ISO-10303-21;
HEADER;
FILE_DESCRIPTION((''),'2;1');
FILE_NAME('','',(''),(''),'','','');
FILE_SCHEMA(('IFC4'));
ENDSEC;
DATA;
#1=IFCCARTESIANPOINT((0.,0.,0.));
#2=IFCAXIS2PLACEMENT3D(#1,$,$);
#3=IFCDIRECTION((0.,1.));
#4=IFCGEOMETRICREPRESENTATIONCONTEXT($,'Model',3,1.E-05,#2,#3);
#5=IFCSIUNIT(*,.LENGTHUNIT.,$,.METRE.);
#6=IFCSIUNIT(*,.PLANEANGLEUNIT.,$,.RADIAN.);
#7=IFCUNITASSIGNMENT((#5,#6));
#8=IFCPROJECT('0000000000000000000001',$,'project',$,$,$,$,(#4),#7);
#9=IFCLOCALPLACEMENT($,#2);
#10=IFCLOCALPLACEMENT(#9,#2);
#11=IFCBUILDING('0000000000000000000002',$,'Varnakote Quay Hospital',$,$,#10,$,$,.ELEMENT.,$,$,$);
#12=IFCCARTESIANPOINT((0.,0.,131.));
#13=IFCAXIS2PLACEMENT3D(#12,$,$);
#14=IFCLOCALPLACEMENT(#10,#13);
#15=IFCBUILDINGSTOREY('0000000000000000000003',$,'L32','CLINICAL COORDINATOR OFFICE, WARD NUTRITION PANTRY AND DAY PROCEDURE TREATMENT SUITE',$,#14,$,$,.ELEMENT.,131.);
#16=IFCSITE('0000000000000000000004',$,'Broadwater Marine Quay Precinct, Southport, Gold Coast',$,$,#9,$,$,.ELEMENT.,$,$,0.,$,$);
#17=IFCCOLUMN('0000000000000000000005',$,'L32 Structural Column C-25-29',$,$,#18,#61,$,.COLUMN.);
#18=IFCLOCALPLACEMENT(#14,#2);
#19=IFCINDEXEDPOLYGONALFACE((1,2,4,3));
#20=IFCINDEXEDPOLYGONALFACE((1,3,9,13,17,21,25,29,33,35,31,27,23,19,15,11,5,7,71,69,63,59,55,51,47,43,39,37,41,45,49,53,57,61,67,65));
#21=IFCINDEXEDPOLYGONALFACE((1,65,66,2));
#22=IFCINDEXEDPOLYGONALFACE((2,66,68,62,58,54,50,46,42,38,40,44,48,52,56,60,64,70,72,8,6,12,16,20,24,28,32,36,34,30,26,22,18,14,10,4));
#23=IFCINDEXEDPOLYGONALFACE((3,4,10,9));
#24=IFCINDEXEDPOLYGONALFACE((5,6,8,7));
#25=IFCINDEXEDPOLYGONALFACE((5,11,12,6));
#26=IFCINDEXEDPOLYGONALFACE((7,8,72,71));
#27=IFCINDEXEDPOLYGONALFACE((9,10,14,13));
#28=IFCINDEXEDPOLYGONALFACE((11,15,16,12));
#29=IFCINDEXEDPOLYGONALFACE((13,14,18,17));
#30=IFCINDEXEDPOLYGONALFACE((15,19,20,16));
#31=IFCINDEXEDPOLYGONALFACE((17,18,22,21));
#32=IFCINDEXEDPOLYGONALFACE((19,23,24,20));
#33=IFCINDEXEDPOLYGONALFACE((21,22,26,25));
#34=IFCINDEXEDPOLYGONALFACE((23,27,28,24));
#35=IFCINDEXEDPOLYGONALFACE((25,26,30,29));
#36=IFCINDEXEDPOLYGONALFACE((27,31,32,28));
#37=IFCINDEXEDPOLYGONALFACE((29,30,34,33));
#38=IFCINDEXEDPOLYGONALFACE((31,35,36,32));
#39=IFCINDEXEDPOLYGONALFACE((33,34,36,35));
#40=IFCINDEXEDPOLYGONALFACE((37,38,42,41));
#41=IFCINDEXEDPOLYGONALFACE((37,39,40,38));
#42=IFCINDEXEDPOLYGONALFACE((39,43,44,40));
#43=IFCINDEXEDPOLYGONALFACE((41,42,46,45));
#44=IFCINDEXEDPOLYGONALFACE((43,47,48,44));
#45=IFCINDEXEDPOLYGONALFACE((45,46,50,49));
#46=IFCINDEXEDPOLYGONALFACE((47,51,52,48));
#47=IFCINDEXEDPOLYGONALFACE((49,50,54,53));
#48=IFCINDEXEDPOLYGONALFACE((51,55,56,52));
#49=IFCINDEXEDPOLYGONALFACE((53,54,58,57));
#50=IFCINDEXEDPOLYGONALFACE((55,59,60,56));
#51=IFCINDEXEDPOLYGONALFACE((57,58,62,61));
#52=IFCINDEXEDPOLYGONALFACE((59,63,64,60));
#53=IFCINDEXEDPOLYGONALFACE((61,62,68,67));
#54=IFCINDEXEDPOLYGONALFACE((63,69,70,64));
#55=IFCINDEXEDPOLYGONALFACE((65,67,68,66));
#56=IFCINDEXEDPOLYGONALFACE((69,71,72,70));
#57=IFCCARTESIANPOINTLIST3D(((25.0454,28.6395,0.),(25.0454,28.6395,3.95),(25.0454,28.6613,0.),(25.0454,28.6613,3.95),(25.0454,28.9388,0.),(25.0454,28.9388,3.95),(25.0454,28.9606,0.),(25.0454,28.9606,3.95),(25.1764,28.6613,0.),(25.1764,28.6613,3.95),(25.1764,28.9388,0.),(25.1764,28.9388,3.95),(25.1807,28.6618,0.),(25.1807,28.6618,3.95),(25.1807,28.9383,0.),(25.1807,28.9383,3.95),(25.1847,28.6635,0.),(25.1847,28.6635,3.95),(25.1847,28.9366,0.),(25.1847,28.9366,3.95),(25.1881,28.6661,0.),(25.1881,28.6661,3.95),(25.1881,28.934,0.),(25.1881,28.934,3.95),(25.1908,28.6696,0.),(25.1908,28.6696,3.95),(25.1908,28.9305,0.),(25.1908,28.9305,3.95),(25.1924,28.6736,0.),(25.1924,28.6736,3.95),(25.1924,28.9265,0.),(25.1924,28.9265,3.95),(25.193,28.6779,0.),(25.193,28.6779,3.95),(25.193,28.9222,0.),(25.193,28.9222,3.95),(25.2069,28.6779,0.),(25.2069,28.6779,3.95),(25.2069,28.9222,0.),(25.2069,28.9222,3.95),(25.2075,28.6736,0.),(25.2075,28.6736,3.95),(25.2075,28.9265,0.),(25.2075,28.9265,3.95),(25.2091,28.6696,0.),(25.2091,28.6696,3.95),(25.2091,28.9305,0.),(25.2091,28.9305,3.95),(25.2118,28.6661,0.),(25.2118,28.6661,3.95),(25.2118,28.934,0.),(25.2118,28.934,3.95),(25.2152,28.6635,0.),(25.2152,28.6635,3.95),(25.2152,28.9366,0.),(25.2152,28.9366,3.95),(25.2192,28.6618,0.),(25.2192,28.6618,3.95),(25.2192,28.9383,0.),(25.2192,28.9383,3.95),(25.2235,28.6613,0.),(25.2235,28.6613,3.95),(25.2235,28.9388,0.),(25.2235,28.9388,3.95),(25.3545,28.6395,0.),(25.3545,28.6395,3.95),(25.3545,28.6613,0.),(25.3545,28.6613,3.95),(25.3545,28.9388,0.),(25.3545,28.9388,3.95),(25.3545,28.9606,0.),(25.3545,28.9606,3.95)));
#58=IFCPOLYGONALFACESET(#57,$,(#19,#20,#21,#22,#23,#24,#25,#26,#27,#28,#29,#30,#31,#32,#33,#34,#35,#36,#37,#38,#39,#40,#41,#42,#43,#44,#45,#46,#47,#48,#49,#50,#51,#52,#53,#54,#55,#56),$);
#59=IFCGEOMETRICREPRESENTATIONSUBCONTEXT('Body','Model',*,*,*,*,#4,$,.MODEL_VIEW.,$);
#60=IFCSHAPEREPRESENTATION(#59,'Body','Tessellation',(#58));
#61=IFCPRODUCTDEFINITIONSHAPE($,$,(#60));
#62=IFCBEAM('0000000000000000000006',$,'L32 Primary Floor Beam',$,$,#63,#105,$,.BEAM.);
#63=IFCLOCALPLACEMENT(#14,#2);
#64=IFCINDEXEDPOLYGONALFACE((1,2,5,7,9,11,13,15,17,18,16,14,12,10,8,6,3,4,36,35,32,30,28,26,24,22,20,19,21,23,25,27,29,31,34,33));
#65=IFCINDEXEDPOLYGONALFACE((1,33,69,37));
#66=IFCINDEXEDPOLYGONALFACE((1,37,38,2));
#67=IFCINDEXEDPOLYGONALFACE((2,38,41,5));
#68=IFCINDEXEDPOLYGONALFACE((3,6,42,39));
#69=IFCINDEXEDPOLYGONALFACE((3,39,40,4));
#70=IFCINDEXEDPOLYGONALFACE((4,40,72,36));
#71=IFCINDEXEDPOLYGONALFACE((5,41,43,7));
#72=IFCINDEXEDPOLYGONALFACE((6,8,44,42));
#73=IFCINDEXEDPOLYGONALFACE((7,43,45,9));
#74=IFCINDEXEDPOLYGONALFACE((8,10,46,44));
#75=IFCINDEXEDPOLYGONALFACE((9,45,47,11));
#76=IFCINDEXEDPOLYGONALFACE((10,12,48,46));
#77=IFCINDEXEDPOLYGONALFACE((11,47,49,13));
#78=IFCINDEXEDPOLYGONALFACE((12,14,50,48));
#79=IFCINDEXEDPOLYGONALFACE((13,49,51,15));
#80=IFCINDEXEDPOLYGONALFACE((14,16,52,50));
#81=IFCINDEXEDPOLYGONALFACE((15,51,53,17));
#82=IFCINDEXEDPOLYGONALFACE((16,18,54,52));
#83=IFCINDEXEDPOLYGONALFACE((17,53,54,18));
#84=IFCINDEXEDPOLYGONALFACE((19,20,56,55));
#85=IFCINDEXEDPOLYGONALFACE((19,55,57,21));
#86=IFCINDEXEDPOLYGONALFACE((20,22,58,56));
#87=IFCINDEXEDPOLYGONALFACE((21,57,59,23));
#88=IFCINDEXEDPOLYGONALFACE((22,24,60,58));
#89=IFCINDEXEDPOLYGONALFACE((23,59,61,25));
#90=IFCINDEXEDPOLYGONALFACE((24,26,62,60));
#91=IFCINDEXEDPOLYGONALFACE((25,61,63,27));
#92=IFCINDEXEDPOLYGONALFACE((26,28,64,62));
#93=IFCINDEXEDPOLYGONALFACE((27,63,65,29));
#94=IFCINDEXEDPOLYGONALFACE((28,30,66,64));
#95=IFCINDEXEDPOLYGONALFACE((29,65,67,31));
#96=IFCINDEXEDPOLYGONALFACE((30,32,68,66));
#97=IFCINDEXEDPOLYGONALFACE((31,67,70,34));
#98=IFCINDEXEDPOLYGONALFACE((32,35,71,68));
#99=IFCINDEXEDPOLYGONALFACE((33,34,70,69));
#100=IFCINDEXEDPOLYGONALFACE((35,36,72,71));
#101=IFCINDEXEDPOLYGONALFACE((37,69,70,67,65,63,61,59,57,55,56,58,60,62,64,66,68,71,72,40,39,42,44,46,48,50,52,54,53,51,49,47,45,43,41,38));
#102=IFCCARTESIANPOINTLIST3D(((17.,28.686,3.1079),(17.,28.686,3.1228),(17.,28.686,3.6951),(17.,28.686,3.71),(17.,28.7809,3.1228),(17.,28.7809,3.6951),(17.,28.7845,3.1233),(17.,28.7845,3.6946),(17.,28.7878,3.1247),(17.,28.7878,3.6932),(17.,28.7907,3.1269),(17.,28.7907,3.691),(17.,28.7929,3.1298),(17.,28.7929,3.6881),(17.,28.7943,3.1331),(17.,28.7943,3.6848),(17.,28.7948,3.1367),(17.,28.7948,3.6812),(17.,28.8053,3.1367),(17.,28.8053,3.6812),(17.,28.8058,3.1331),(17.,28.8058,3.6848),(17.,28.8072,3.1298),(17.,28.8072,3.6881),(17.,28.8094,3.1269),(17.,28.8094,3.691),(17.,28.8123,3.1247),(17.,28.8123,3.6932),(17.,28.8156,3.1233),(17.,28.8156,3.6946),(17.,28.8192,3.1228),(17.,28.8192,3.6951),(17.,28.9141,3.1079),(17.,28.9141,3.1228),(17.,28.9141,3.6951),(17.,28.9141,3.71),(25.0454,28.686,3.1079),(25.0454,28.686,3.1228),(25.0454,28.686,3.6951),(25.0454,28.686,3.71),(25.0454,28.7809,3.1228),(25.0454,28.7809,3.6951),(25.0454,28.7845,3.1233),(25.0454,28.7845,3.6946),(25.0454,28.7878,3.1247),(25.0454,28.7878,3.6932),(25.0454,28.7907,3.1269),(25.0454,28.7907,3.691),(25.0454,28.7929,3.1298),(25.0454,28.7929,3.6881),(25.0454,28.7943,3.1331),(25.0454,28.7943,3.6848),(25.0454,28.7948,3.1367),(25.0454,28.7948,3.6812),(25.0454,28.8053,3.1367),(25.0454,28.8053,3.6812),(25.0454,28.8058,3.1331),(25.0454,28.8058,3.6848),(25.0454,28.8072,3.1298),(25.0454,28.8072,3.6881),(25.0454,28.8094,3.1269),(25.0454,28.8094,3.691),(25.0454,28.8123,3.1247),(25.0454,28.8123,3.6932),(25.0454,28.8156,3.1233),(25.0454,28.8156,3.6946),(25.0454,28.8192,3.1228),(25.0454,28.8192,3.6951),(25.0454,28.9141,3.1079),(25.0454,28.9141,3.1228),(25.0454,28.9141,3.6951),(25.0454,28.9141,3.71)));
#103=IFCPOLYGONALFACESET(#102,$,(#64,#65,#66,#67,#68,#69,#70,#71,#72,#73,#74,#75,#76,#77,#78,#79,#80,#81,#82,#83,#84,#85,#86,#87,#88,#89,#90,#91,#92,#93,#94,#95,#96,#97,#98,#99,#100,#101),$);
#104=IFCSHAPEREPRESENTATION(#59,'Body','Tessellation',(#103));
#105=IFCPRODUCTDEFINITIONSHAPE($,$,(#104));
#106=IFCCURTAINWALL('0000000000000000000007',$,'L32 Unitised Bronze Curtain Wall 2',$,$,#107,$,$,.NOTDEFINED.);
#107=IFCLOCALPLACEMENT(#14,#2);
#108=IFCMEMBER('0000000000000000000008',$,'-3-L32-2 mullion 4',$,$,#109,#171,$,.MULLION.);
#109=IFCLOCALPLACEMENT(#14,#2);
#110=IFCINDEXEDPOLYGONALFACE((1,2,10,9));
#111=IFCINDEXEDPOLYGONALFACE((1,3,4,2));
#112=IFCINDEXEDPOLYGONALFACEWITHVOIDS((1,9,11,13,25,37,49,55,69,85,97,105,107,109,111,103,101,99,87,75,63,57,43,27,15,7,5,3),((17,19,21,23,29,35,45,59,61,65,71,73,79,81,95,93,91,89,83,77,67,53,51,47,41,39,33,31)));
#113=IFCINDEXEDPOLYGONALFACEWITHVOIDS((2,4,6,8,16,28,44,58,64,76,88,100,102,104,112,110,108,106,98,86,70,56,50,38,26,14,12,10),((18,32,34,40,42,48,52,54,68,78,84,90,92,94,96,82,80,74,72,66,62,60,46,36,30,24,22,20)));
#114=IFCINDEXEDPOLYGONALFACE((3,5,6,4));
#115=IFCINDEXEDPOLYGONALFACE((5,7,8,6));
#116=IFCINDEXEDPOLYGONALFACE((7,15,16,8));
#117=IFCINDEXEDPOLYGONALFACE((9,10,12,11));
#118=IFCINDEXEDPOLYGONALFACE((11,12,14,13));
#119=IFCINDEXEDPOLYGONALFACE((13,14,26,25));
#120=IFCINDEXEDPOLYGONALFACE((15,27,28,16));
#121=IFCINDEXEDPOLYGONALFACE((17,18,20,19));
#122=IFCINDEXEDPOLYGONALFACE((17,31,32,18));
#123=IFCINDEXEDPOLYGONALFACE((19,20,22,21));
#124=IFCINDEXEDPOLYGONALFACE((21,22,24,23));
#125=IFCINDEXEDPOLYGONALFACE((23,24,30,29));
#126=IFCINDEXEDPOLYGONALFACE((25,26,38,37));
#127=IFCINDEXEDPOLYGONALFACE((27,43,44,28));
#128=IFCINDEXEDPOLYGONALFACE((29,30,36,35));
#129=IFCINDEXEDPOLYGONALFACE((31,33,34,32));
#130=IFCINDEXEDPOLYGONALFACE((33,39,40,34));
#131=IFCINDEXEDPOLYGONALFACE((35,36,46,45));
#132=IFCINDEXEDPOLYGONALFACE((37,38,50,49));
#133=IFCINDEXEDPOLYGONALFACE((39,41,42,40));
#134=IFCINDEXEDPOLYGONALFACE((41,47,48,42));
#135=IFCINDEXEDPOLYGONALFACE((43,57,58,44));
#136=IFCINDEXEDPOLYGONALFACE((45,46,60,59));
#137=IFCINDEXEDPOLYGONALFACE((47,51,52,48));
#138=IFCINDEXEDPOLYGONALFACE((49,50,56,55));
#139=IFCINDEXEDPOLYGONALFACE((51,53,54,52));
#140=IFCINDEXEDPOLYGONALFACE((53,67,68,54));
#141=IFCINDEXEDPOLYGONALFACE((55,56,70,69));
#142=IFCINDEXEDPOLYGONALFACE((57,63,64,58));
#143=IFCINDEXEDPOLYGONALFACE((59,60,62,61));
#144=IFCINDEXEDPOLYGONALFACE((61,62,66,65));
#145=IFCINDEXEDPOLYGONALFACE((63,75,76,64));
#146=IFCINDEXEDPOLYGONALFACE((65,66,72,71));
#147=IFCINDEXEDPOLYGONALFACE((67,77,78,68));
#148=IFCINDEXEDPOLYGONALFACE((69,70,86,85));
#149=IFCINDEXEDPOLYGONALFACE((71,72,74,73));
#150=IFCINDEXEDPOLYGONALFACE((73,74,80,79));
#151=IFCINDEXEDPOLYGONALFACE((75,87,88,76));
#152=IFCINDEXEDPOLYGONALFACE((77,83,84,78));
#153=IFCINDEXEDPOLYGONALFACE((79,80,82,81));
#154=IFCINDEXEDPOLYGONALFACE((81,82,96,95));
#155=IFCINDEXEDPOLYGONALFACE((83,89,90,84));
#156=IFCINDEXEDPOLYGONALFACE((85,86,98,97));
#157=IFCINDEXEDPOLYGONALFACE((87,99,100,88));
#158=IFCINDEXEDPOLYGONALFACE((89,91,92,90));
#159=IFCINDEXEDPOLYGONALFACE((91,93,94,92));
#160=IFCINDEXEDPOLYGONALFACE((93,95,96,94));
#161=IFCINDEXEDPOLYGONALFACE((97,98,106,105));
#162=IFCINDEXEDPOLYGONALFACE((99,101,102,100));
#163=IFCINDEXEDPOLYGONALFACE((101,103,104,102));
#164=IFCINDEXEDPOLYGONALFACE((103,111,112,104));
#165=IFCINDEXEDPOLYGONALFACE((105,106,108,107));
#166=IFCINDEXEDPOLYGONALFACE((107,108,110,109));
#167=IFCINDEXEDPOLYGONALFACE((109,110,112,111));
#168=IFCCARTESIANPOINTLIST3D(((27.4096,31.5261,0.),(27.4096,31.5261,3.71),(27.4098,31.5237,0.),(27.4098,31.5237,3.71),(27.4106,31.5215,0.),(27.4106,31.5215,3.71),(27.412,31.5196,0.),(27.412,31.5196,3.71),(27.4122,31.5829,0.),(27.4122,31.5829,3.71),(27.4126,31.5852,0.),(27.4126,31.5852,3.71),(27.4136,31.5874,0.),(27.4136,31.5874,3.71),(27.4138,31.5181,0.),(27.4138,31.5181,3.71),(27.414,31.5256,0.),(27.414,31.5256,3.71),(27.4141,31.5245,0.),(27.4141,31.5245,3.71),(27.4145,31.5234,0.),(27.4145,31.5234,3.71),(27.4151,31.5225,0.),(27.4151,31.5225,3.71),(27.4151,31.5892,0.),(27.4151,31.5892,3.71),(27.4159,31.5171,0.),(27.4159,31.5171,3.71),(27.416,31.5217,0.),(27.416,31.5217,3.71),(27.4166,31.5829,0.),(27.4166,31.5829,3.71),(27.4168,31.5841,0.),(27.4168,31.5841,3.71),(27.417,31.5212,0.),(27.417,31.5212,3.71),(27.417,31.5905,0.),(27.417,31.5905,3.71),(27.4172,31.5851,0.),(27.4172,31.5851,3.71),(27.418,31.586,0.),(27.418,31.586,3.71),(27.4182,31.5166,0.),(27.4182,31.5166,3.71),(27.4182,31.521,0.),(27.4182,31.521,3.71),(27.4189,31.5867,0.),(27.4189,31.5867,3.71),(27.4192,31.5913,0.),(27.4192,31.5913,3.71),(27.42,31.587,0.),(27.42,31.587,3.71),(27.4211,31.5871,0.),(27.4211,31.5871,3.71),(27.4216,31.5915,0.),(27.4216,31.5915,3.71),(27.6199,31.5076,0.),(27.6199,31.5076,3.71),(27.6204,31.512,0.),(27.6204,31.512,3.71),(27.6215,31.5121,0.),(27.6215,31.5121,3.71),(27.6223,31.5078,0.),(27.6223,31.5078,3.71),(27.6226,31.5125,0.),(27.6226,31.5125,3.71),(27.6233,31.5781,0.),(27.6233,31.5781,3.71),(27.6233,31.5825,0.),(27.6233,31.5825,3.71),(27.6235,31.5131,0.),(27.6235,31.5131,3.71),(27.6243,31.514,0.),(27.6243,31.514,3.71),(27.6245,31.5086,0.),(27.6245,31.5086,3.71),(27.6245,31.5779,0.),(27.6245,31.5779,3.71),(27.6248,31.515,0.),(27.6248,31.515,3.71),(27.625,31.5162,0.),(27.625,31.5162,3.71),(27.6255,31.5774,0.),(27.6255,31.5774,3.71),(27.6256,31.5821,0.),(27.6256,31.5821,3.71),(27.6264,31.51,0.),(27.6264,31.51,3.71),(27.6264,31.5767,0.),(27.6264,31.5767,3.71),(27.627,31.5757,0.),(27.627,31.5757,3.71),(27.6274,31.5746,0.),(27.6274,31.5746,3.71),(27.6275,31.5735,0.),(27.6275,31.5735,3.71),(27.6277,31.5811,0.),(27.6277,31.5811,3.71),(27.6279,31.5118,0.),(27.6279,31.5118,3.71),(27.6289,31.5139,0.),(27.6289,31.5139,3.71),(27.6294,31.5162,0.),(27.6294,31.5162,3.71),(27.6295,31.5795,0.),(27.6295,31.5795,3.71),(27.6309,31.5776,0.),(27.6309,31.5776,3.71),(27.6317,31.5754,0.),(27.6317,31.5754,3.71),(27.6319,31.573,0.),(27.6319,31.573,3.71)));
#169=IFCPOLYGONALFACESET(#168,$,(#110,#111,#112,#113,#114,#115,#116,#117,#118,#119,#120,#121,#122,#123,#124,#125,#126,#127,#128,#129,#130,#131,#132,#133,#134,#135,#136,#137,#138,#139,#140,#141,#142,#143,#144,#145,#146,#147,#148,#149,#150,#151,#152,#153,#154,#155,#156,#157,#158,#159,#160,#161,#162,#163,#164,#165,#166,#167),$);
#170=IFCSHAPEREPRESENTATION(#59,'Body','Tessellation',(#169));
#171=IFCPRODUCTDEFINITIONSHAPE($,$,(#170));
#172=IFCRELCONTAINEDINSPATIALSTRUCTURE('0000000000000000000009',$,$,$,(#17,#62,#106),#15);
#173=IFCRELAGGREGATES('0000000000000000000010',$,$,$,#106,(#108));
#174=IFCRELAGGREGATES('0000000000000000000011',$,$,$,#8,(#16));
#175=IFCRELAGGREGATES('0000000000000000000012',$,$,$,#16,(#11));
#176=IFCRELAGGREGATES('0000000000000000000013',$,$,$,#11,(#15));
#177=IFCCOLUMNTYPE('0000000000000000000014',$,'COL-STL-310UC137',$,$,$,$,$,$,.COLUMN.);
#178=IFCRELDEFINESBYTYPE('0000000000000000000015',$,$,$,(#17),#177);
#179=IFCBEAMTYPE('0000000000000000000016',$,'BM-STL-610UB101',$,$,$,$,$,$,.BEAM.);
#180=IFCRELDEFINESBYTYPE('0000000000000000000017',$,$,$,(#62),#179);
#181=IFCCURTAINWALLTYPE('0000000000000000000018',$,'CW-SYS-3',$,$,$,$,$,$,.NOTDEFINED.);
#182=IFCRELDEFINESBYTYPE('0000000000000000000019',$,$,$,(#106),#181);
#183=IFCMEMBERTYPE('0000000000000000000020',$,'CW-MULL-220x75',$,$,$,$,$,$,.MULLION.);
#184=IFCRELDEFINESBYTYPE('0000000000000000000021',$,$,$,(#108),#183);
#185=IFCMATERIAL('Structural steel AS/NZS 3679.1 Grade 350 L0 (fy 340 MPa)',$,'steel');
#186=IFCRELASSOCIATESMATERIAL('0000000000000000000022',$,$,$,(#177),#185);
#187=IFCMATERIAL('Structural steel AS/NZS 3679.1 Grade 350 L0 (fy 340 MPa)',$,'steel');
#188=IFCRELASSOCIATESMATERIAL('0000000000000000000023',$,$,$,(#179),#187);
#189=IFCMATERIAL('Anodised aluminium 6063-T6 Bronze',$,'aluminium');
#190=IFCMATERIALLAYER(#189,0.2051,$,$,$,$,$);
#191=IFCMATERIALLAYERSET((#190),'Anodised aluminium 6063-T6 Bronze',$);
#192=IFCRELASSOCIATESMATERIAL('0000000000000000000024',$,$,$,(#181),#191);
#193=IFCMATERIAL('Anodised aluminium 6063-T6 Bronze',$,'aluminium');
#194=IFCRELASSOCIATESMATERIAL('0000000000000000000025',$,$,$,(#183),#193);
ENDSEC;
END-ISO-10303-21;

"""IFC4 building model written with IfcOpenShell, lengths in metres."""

from ifc_helpers import new_model, si_unit, direction, frame, origin, origin_2d, place, context, subcontext, project, spatial, hollow_rectangle, i_section, extrude, material, layer, layer_set, material_profile, profile_set, type_object, element, aggregate, save


model = new_model("IFC4")

# Units and contexts
model_context = context("Model", 3, precision=1e-05, world=origin(), true_north=direction((0.0, 1.0)))
body_context = subcontext(model_context, "Body", "Model", "MODEL_VIEW")
ifc_project = project(units=[si_unit("LENGTHUNIT", "METRE"), si_unit("PLANEANGLEUNIT", "RADIAN")], contexts=[model_context])

# Site, building, storey
site_placement = place(None, origin())
site = spatial("IfcSite", under=ifc_project, at=site_placement, Name="Broadwater Marine Quay Precinct, Southport, Gold Coast", CompositionType="ELEMENT", RefElevation=0.0)
building_placement = place(site_placement, origin())
building = spatial("IfcBuilding", under=site, at=building_placement, Name="Varnakote Quay Hospital", CompositionType="ELEMENT")
storey_placement = place(building_placement, frame((0.0, 0.0, 131.0)))
storey = spatial("IfcBuildingStorey", under=building, at=storey_placement, Name="L32", Description="CLINICAL COORDINATOR OFFICE, WARD NUTRITION PANTRY AND DAY PROCEDURE TREATMENT SUITE", CompositionType="ELEMENT", Elevation=131.0)

# Column
ifc_material_1 = material(Name="Structural steel AS/NZS 3679.1 Grade 350 L0 (fy 340 MPa)", Category="steel")
ifc_material_profile_1 = material_profile(ifc_material_1, i_section(OverallWidth=0.3091, OverallDepth=0.321, WebThickness=0.0139, FlangeThickness=0.0217, FilletRadius=0.0166, at=origin_2d()), Name="310UC137")
ifc_profile_set_1 = profile_set([ifc_material_profile_1], Name="Structural steel AS/NZS 3679.1 Grade 350 L0 (fy 340 MPa)")
column_type = type_object("IfcColumnType", Name="COL-STL-310UC137", PredefinedType="COLUMN", material=ifc_profile_set_1)
column_placement = place(storey_placement, frame((25.2, 28.8, 0.0), z_axis=(0.0, 0.0, 1.0), x_axis=(1.0, 0.0, 0.0)))
element("IfcColumn", 1, at=column_placement, inside=storey, type_object=column_type, Name="L32 Structural Column C-25-29", PredefinedType="COLUMN", context=body_context, shape_type="SweptSolid", body=[
    extrude(i_section(OverallWidth=0.3091, OverallDepth=0.321, WebThickness=0.0139, FlangeThickness=0.0217, FilletRadius=0.0166, at=origin_2d()), origin(), (0.0, 0.0, 1.0), 3.95),
])

# Beam
ifc_material_2 = material(Name="Structural steel AS/NZS 3679.1 Grade 350 L0 (fy 340 MPa)", Category="steel")
ifc_material_profile_2 = material_profile(ifc_material_2, i_section(OverallWidth=0.228, OverallDepth=0.6021, WebThickness=0.0105, FlangeThickness=0.0149, FilletRadius=0.0139, at=origin_2d()), Name="610UB101")
ifc_profile_set_2 = profile_set([ifc_material_profile_2], Name="Structural steel AS/NZS 3679.1 Grade 350 L0 (fy 340 MPa)")
beam_type_1 = type_object("IfcBeamType", Name="BM-STL-610UB101", PredefinedType="BEAM", material=ifc_profile_set_2)
beam_1_placement = place(storey_placement, frame((17.0, 28.8, 3.4089), z_axis=(1.0, 0.0, 0.0), x_axis=(0.0, 1.0, 0.0)))
element("IfcBeam", 2, at=beam_1_placement, inside=storey, type_object=beam_type_1, Name="L32 Primary Floor Beam", PredefinedType="BEAM", context=body_context, shape_type="SweptSolid", body=[
    extrude(i_section(OverallWidth=0.228, OverallDepth=0.6021, WebThickness=0.0105, FlangeThickness=0.0149, FilletRadius=0.0139, at=origin_2d()), origin(), (0.0, 0.0, 1.0), 8.0454),
])

# Curtain wall, member
ifc_material_3 = material(Name="Anodised aluminium 6063-T6 Bronze", Category="aluminium")
ifc_layer_1 = layer(ifc_material_3, 0.2051)
ifc_layer_set_1 = layer_set([ifc_layer_1], Name="Anodised aluminium 6063-T6 Bronze")
curtain_wall_type = type_object("IfcCurtainWallType", Name="CW-SYS-3", PredefinedType="NOTDEFINED", material=ifc_layer_set_1)
curtain_wall_placement = place(storey_placement, origin())
curtain_wall = element("IfcCurtainWall", 3, at=curtain_wall_placement, inside=storey, type_object=curtain_wall_type, Name="L32 Unitised Bronze Curtain Wall 2", PredefinedType="NOTDEFINED")
ifc_material_4 = material(Name="Anodised aluminium 6063-T6 Bronze", Category="aluminium")
ifc_material_profile_3 = material_profile(ifc_material_4, hollow_rectangle(XDim=0.075, YDim=0.22, WallThickness=0.0044, InnerFilletRadius=0.0044, OuterFilletRadius=0.009, at=origin_2d()), Name="CW-MULL-220x75")
ifc_profile_set_3 = profile_set([ifc_material_profile_3], Name="Anodised aluminium 6063-T6 Bronze")
member_type_1 = type_object("IfcMemberType", Name="CW-MULL-220x75", PredefinedType="MULLION", material=ifc_profile_set_3)
member_1_placement = place(storey_placement, frame((27.5208, 31.5496, 0.0), z_axis=(0.0, 0.0, 1.0), x_axis=(-0.044782, -0.998997, 0.0)))
member_1 = element("IfcMember", 4, at=member_1_placement, type_object=member_type_1, Name="-3-L32-2 mullion 4", PredefinedType="MULLION", context=body_context, shape_type="SweptSolid", body=[
    extrude(hollow_rectangle(XDim=0.075, YDim=0.22, WallThickness=0.0044, InnerFilletRadius=0.0044, OuterFilletRadius=0.009, at=origin_2d()), origin(), (0.0, 0.0, 1.0), 3.71),
])

aggregate(curtain_wall, [member_1])

save(model, "model.ifc")
